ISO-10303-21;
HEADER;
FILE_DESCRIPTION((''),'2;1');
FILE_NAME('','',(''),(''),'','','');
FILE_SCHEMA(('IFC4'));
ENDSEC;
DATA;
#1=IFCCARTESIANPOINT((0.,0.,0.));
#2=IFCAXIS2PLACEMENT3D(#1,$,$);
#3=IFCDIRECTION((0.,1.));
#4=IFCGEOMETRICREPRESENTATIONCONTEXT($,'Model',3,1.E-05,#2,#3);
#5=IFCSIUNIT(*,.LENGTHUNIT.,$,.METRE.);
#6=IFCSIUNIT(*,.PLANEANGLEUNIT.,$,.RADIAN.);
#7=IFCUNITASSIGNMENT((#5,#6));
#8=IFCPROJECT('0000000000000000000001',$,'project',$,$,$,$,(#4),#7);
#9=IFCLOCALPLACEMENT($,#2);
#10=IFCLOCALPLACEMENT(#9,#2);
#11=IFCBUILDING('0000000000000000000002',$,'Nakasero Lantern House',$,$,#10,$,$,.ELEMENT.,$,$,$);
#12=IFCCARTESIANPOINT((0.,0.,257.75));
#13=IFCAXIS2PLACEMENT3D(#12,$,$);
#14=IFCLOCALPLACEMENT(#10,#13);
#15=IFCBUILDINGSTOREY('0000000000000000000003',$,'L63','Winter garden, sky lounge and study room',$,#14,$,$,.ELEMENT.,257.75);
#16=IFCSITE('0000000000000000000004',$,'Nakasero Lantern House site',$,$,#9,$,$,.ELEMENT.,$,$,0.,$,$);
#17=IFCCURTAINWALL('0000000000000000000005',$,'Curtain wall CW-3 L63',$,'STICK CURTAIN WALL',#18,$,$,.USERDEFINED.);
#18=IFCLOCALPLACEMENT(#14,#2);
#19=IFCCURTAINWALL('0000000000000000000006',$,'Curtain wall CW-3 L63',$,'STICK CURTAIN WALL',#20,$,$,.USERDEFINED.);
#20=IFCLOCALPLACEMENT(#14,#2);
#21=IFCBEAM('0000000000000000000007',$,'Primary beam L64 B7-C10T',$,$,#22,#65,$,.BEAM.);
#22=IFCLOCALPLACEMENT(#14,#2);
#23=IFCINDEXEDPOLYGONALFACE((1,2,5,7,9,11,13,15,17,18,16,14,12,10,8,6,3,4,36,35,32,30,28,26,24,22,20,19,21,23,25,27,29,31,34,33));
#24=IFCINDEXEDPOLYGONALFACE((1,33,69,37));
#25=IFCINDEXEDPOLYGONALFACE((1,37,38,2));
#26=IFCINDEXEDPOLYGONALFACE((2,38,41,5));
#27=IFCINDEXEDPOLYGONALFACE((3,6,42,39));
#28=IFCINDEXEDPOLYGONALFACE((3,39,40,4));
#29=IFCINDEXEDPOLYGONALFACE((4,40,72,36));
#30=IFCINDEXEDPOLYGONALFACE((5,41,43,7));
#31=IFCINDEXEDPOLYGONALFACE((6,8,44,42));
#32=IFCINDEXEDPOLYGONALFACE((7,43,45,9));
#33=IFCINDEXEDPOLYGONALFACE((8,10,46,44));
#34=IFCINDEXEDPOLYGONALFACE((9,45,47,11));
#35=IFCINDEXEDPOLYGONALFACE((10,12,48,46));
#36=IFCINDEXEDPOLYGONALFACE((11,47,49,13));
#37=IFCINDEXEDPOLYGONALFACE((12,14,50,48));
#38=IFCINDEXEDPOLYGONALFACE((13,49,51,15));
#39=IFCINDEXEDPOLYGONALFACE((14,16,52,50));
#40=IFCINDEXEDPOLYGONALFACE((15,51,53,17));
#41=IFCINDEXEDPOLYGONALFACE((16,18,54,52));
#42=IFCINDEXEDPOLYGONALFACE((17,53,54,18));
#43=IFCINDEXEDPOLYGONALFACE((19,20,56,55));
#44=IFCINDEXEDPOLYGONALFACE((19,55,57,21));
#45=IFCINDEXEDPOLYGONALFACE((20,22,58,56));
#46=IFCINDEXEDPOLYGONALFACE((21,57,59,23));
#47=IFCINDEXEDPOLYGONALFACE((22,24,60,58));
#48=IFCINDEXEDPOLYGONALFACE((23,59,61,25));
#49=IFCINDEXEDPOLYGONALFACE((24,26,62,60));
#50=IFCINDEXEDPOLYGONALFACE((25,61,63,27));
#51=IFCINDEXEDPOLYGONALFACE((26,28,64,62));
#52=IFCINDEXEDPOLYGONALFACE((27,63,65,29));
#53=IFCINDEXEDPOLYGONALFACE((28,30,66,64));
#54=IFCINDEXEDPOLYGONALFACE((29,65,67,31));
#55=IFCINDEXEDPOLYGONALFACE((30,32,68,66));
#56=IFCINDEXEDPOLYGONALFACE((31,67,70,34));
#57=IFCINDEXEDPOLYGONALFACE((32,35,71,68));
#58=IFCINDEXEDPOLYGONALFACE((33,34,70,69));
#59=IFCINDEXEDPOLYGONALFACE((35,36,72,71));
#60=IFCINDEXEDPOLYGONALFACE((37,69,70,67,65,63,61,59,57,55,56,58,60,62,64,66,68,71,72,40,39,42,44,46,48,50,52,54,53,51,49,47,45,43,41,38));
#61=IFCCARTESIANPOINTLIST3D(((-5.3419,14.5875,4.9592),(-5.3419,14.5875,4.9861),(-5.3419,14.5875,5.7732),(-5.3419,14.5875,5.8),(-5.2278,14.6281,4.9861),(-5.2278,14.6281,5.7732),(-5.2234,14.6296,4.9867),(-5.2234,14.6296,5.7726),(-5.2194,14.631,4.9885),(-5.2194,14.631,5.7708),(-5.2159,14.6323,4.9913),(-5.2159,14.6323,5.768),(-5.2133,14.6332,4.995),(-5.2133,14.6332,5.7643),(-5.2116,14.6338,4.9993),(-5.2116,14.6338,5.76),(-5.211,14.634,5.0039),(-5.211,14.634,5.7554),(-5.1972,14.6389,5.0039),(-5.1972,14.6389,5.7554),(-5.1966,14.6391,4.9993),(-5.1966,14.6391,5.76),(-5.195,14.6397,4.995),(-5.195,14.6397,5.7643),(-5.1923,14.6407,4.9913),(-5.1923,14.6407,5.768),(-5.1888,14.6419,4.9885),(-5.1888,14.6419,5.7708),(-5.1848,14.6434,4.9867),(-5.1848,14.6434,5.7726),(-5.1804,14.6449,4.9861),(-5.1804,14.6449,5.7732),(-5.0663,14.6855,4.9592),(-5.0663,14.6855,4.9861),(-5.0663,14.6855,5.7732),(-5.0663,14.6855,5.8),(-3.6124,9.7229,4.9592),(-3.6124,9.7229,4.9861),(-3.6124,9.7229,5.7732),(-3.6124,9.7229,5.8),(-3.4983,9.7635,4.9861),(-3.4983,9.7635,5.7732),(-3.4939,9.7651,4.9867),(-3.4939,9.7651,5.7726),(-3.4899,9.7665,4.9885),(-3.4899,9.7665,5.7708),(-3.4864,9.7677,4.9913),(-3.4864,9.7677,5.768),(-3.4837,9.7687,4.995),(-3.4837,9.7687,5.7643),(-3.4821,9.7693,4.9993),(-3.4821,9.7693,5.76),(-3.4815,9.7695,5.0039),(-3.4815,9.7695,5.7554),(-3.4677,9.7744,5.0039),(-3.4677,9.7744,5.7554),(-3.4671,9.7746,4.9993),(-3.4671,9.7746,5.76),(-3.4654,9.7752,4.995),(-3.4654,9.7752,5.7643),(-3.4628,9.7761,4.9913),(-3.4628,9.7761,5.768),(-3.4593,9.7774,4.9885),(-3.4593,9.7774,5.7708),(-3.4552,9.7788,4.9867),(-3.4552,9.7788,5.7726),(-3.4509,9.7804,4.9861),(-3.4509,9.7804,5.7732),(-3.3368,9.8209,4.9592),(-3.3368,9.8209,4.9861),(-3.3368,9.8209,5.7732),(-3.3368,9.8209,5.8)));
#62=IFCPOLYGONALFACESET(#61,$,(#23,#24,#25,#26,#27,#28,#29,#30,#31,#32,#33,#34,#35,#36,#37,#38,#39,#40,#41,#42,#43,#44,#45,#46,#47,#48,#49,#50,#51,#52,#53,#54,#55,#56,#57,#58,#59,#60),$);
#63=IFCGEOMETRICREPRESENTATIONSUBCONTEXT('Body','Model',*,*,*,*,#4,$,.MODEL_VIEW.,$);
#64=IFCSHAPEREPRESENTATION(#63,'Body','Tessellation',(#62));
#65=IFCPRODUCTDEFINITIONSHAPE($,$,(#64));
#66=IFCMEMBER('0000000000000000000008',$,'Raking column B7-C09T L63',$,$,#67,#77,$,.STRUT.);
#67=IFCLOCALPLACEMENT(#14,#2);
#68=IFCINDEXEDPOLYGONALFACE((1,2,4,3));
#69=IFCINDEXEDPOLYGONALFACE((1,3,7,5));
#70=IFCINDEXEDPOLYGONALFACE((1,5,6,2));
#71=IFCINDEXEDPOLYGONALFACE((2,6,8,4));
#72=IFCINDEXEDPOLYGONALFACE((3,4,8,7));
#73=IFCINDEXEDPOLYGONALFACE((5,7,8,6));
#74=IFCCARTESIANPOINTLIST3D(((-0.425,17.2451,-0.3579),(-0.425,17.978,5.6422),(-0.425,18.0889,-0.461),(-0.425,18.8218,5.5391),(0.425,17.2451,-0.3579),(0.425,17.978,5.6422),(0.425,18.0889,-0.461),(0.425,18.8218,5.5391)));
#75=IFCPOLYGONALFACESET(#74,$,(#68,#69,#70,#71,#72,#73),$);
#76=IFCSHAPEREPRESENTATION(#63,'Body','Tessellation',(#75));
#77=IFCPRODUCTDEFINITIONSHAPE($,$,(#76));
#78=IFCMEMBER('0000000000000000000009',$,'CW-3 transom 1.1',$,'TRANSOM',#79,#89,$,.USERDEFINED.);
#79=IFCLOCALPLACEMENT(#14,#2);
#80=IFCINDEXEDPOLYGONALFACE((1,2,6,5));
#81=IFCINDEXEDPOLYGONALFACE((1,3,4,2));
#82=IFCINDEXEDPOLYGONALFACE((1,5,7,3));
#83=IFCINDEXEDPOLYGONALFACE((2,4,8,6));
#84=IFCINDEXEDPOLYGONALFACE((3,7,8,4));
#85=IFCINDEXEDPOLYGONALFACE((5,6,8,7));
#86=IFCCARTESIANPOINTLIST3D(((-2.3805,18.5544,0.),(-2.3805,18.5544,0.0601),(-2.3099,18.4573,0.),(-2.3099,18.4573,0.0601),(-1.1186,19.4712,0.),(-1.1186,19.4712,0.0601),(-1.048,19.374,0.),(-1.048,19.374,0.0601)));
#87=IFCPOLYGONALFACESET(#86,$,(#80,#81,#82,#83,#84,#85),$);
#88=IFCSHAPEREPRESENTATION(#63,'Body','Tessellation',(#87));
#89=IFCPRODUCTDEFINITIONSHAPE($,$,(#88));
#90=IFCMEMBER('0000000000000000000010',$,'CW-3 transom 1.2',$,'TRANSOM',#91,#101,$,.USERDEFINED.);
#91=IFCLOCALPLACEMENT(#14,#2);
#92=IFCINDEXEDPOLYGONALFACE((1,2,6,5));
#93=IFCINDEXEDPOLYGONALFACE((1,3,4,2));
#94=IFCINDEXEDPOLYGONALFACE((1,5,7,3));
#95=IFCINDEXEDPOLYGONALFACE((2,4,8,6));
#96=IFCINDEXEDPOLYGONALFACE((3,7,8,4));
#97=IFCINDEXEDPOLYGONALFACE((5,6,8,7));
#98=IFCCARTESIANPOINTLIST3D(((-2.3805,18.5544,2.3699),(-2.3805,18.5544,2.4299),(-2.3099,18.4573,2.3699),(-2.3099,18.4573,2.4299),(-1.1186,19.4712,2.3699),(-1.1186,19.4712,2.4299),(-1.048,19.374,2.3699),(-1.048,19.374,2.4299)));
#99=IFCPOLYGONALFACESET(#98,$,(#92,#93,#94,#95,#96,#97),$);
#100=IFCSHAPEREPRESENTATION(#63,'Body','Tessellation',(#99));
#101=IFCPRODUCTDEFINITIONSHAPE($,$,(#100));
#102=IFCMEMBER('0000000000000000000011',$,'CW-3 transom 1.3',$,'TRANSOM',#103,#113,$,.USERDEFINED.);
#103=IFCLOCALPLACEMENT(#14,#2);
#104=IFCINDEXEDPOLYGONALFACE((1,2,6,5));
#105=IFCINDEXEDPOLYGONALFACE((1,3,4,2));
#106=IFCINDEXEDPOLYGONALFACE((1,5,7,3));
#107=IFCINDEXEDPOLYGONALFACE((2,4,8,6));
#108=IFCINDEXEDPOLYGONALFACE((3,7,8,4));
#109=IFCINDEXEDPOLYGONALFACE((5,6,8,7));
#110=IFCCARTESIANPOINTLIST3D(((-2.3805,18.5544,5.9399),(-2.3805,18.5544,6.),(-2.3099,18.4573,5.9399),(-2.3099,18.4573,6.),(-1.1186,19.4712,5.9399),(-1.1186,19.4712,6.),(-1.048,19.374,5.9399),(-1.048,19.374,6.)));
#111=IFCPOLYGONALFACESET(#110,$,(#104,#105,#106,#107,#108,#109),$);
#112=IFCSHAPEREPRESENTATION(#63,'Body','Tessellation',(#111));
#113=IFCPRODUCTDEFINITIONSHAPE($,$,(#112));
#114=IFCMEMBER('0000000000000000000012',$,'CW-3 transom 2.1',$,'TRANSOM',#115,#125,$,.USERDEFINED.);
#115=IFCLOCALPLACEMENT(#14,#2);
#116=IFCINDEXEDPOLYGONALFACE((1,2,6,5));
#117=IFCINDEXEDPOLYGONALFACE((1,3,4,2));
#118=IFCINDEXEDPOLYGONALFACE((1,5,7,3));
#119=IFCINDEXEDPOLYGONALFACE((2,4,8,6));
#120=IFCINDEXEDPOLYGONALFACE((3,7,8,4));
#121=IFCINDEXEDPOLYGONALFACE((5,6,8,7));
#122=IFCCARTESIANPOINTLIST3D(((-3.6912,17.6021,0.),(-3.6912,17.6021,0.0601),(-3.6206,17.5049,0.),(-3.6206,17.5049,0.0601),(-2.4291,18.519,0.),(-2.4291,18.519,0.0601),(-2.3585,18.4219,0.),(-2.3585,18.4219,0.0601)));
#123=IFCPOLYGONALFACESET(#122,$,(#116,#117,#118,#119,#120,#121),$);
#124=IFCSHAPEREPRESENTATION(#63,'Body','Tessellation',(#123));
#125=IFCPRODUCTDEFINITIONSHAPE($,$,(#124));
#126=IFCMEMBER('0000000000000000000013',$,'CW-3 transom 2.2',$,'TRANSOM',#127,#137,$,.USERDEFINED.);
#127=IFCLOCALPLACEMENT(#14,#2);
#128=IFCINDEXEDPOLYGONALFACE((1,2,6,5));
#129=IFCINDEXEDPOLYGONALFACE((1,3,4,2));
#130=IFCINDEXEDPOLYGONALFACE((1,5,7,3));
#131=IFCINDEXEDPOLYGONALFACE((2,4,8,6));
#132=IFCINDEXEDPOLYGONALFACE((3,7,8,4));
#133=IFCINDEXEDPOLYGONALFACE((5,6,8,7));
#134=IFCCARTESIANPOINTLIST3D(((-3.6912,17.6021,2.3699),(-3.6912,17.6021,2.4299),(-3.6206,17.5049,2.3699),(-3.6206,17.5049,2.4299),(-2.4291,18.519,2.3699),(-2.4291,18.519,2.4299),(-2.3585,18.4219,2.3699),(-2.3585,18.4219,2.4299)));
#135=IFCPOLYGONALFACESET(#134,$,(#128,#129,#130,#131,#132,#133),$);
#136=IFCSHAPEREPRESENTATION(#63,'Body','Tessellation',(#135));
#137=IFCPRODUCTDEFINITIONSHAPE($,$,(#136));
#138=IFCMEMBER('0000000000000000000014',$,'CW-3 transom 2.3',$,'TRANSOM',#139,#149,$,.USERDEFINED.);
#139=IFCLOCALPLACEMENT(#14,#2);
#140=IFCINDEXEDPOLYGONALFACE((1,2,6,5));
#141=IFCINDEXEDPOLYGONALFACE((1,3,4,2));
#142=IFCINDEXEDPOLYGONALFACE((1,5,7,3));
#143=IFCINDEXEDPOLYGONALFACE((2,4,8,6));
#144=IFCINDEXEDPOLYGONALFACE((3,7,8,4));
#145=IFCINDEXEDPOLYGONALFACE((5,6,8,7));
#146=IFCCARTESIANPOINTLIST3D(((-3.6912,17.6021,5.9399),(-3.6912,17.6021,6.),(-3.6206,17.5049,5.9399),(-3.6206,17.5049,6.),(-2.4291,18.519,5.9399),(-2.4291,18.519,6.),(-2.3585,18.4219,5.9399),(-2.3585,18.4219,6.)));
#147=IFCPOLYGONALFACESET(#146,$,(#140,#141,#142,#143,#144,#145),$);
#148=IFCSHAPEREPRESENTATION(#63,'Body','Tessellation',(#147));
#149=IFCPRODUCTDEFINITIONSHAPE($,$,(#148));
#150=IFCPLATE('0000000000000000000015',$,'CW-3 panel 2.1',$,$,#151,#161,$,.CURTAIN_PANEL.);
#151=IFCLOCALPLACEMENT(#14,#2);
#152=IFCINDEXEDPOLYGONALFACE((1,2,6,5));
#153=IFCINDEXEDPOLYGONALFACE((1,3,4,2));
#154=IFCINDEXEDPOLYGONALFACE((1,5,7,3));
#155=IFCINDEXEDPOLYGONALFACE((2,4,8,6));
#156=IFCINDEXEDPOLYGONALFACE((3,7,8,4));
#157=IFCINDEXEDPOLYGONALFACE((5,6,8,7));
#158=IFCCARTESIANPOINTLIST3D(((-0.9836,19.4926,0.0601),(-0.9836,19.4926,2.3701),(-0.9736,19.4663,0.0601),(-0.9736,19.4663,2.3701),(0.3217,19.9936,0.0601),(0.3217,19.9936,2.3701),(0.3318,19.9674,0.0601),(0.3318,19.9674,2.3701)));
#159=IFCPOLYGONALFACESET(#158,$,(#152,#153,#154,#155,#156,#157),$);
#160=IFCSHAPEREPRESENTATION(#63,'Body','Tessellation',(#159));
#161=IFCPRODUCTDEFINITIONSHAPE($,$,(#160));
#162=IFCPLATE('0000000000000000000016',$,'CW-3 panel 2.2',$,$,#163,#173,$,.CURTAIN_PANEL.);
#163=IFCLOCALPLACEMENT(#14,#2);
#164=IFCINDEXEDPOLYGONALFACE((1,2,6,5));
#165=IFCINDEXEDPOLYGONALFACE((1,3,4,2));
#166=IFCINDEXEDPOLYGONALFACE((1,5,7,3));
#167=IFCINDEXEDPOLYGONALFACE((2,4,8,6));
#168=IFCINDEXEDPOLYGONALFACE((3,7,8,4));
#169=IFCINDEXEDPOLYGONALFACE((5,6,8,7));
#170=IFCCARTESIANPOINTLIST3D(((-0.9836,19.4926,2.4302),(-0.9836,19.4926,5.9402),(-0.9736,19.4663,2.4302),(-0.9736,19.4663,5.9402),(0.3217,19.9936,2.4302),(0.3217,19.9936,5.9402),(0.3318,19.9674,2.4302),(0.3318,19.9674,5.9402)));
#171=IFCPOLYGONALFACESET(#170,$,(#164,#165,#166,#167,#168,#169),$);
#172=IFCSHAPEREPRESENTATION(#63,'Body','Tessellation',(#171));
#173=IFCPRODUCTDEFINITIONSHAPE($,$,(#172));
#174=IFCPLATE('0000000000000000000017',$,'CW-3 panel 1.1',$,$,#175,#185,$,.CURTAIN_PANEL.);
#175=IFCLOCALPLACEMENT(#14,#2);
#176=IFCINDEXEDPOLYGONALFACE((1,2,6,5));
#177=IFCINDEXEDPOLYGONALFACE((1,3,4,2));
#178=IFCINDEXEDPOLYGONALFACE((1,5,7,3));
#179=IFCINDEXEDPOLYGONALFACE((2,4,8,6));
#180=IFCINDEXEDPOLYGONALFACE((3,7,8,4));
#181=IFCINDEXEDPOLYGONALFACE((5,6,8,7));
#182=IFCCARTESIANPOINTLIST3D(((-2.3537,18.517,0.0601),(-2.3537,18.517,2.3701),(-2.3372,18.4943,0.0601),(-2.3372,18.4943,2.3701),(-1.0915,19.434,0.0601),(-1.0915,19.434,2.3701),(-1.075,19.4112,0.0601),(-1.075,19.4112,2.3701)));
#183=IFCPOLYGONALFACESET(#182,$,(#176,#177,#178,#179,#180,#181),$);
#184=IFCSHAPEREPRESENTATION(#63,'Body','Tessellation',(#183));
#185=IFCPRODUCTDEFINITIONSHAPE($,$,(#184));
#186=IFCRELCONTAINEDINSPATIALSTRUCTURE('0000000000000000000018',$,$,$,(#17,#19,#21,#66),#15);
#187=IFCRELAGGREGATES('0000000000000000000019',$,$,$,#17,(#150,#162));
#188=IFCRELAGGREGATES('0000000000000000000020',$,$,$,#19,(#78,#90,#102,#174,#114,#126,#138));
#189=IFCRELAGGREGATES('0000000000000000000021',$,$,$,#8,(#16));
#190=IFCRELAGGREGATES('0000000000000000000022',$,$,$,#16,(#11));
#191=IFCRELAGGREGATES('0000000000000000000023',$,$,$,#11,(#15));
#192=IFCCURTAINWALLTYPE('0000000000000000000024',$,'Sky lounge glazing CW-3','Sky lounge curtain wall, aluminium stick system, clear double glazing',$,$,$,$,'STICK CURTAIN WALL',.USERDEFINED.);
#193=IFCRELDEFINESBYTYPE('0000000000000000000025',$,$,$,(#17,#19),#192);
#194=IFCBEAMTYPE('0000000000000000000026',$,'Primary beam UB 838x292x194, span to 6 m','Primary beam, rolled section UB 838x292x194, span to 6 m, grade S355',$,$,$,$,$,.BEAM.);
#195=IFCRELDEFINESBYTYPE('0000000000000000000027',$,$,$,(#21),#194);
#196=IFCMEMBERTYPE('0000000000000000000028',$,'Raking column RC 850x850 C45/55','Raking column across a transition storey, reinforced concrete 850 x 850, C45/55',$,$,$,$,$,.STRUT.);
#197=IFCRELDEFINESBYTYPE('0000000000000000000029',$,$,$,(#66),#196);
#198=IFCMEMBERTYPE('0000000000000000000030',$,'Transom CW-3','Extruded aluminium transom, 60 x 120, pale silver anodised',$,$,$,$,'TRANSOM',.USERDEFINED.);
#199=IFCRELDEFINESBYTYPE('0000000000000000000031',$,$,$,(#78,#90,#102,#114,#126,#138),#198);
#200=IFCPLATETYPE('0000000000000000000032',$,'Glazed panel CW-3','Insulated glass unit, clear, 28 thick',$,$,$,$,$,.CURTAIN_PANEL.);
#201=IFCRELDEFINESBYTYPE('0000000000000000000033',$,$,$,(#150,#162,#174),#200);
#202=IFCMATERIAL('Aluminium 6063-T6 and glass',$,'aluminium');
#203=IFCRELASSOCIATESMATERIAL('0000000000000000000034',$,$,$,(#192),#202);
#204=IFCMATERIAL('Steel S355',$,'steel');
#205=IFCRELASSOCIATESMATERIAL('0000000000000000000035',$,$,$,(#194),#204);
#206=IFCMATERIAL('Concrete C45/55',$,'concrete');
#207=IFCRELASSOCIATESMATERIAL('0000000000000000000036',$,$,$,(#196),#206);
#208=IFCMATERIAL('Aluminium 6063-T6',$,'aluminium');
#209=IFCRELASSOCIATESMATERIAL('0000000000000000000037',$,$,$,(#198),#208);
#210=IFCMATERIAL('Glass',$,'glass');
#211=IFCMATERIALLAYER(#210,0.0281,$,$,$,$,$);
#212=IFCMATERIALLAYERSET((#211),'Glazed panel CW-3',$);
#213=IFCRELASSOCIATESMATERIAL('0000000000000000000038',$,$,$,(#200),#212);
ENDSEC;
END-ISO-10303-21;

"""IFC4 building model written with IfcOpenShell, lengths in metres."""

from ifc_helpers import new_model, si_unit, direction, frame, origin, origin_2d, place, context, subcontext, project, spatial, rectangle, i_section, extrude, material, layer, layer_set, material_profile, profile_set, type_object, element, aggregate, save


model = new_model("IFC4")

# Units and contexts
model_context = context("Model", 3, precision=1e-05, world=origin(), true_north=direction((0.0, 1.0)))
body_context = subcontext(model_context, "Body", "Model", "MODEL_VIEW")
ifc_project = project(units=[si_unit("LENGTHUNIT", "METRE"), si_unit("PLANEANGLEUNIT", "RADIAN")], contexts=[model_context])

# Site, building, storey
site_placement = place(None, origin())
site = spatial("IfcSite", under=ifc_project, at=site_placement, Name="Nakasero Lantern House site", CompositionType="ELEMENT", RefElevation=0.0)
building_placement = place(site_placement, origin())
building = spatial("IfcBuilding", under=site, at=building_placement, Name="Nakasero Lantern House", CompositionType="ELEMENT")
storey_placement = place(building_placement, frame((0.0, 0.0, 257.75)))
storey = spatial("IfcBuildingStorey", under=building, at=storey_placement, Name="L63", Description="Winter garden, sky lounge and study room", CompositionType="ELEMENT", Elevation=257.75)

# Curtain wall
ifc_material_1 = material(Name="Aluminium 6063-T6 and glass", Category="aluminium")
curtain_wall_type = type_object("IfcCurtainWallType", Name="Sky lounge glazing CW-3", Description="Sky lounge curtain wall, aluminium stick system, clear double glazing", ElementType="STICK CURTAIN WALL", PredefinedType="USERDEFINED", material=ifc_material_1)
curtain_wall_1_placement = place(storey_placement, origin())
curtain_wall_1 = element("IfcCurtainWall", 1, at=curtain_wall_1_placement, inside=storey, type_object=curtain_wall_type, Name="Curtain wall CW-3 L63", ObjectType="STICK CURTAIN WALL", PredefinedType="USERDEFINED")

# Curtain wall
curtain_wall_2_placement = place(storey_placement, origin())
curtain_wall_2 = element("IfcCurtainWall", 2, at=curtain_wall_2_placement, inside=storey, type_object=curtain_wall_type, Name="Curtain wall CW-3 L63", ObjectType="STICK CURTAIN WALL", PredefinedType="USERDEFINED")

# Beam
ifc_material_2 = material(Name="Steel S355", Category="steel")
ifc_material_profile_1 = material_profile(ifc_material_2, i_section(OverallWidth=0.2925, OverallDepth=0.8408, WebThickness=0.0146, FlangeThickness=0.0269, FilletRadius=0.0178, at=origin_2d()), Name="UB 838x292x194")
ifc_profile_set_1 = profile_set([ifc_material_profile_1], Name="Steel S355")
beam_type = type_object("IfcBeamType", Name="Primary beam UB 838x292x194, span to 6 m", Description="Primary beam, rolled section UB 838x292x194, span to 6 m, grade S355", PredefinedType="BEAM", material=ifc_profile_set_1)
beam_placement = place(storey_placement, frame((-5.2041, 14.6365, 5.3796), z_axis=(0.334991, -0.942221, 0.0), x_axis=(0.942221, 0.334991, 0.0)))
element("IfcBeam", 3, at=beam_placement, inside=storey, type_object=beam_type, Name="Primary beam L64 B7-C10T", PredefinedType="BEAM", context=body_context, shape_type="SweptSolid", body=[
    extrude(i_section(OverallWidth=0.2925, OverallDepth=0.8408, WebThickness=0.0146, FlangeThickness=0.0269, FilletRadius=0.0178, at=origin_2d()), origin(), (0.0, 0.0, 1.0), 5.1628),
])

# Members
ifc_material_3 = material(Name="Concrete C45/55", Category="concrete")
ifc_material_profile_2 = material_profile(ifc_material_3, rectangle(XDim=0.8501, YDim=0.8501, at=origin_2d()), Name="RC 850x850")
ifc_profile_set_2 = profile_set([ifc_material_profile_2], Name="Concrete C45/55")
member_type_1 = type_object("IfcMemberType", Name="Raking column RC 850x850 C45/55", Description="Raking column across a transition storey, reinforced concrete 850 x 850, C45/55", PredefinedType="STRUT", material=ifc_profile_set_2)
member_1_placement = place(storey_placement, frame((0.0, 17.667, -0.4094), z_axis=(0.0, 0.12125, 0.992622), x_axis=(-1.0, 0.0, 0.0)))
element("IfcMember", 4, at=member_1_placement, inside=storey, type_object=member_type_1, Name="Raking column B7-C09T L63", PredefinedType="STRUT", context=body_context, shape_type="SweptSolid", body=[
    extrude(rectangle(XDim=0.8501, YDim=0.8501, at=origin_2d()), origin(), (0.0, 0.0, 1.0), 6.0447),
])
ifc_material_4 = material(Name="Aluminium 6063-T6", Category="aluminium")
ifc_material_profile_3 = material_profile(ifc_material_4, rectangle(XDim=0.0601, YDim=0.1201, at=origin_2d()), Name="CW-3 transom 60x120")
ifc_profile_set_3 = profile_set([ifc_material_profile_3], Name="Aluminium 6063-T6")
member_type_2 = type_object("IfcMemberType", Name="Transom CW-3", Description="Extruded aluminium transom, 60 x 120, pale silver anodised", ElementType="TRANSOM", PredefinedType="USERDEFINED", material=ifc_profile_set_3)
member_2_placement = place(storey_placement, frame((-1.0833, 19.4226, 0.03), z_axis=(-0.809054, -0.587734, 0.0), x_axis=(0.0, 0.0, 1.0)))
member_2 = element("IfcMember", 5, at=member_2_placement, type_object=member_type_2, Name="CW-3 transom 1.1", ObjectType="TRANSOM", PredefinedType="USERDEFINED", context=body_context, shape_type="SweptSolid", body=[
    extrude(rectangle(XDim=0.0601, YDim=0.1201, at=origin_2d()), origin(), (0.0, 0.0, 1.0), 1.5598),
])
member_3_placement = place(storey_placement, frame((-1.0833, 19.4226, 2.3999), z_axis=(-0.809054, -0.587734, 0.0), x_axis=(0.0, 0.0, 1.0)))
member_3 = element("IfcMember", 6, at=member_3_placement, type_object=member_type_2, Name="CW-3 transom 1.2", ObjectType="TRANSOM", PredefinedType="USERDEFINED", context=body_context, shape_type="SweptSolid", body=[
    extrude(rectangle(XDim=0.0601, YDim=0.1201, at=origin_2d()), origin(), (0.0, 0.0, 1.0), 1.5598),
])
member_4_placement = place(storey_placement, frame((-1.0833, 19.4226, 5.97), z_axis=(-0.809054, -0.587734, 0.0), x_axis=(0.0, 0.0, 1.0)))
member_4 = element("IfcMember", 7, at=member_4_placement, type_object=member_type_2, Name="CW-3 transom 1.3", ObjectType="TRANSOM", PredefinedType="USERDEFINED", context=body_context, shape_type="SweptSolid", body=[
    extrude(rectangle(XDim=0.0601, YDim=0.1201, at=origin_2d()), origin(), (0.0, 0.0, 1.0), 1.5598),
])
member_5_placement = place(storey_placement, frame((-2.3938, 18.4705, 0.03), z_axis=(-0.809034, -0.587762, 0.0), x_axis=(0.0, 0.0, 1.0)))
member_5 = element("IfcMember", 8, at=member_5_placement, type_object=member_type_2, Name="CW-3 transom 2.1", ObjectType="TRANSOM", PredefinedType="USERDEFINED", context=body_context, shape_type="SweptSolid", body=[
    extrude(rectangle(XDim=0.0601, YDim=0.1201, at=origin_2d()), origin(), (0.0, 0.0, 1.0), 1.5601),
])
member_6_placement = place(storey_placement, frame((-2.3938, 18.4705, 2.3999), z_axis=(-0.809034, -0.587762, 0.0), x_axis=(0.0, 0.0, 1.0)))
member_6 = element("IfcMember", 9, at=member_6_placement, type_object=member_type_2, Name="CW-3 transom 2.2", ObjectType="TRANSOM", PredefinedType="USERDEFINED", context=body_context, shape_type="SweptSolid", body=[
    extrude(rectangle(XDim=0.0601, YDim=0.1201, at=origin_2d()), origin(), (0.0, 0.0, 1.0), 1.5601),
])
member_7_placement = place(storey_placement, frame((-2.3938, 18.4705, 5.97), z_axis=(-0.809034, -0.587762, 0.0), x_axis=(0.0, 0.0, 1.0)))
member_7 = element("IfcMember", 10, at=member_7_placement, type_object=member_type_2, Name="CW-3 transom 2.3", ObjectType="TRANSOM", PredefinedType="USERDEFINED", context=body_context, shape_type="SweptSolid", body=[
    extrude(rectangle(XDim=0.0601, YDim=0.1201, at=origin_2d()), origin(), (0.0, 0.0, 1.0), 1.5601),
])

# Plates
ifc_material_5 = material(Name="Glass", Category="glass")
ifc_layer_1 = layer(ifc_material_5, 0.0281)
ifc_layer_set_1 = layer_set([ifc_layer_1], Name="Glazed panel CW-3")
plate_type_1 = type_object("IfcPlateType", Name="Glazed panel CW-3", Description="Insulated glass unit, clear, 28 thick", PredefinedType="CURTAIN_PANEL", material=ifc_layer_set_1)
plate_1_placement = place(storey_placement, frame((-0.3259, 19.73, 0.0601), z_axis=(0.0, 0.0, 1.0), x_axis=(-0.93358, -0.358368, 0.0)))
plate_1 = element("IfcPlate", 11, at=plate_1_placement, type_object=plate_type_1, Name="CW-3 panel 2.1", PredefinedType="CURTAIN_PANEL", context=body_context, shape_type="SweptSolid", body=[
    extrude(rectangle(XDim=1.3982, YDim=0.0281, at=origin_2d()), origin(), (0.0, 0.0, 1.0), 2.3101),
])
plate_2_placement = place(storey_placement, frame((-0.3259, 19.73, 2.4302), z_axis=(0.0, 0.0, 1.0), x_axis=(-0.93358, -0.358368, 0.0)))
plate_2 = element("IfcPlate", 12, at=plate_2_placement, type_object=plate_type_1, Name="CW-3 panel 2.2", PredefinedType="CURTAIN_PANEL", context=body_context, shape_type="SweptSolid", body=[
    extrude(rectangle(XDim=1.3982, YDim=0.0281, at=origin_2d()), origin(), (0.0, 0.0, 1.0), 3.51),
])
aggregate(curtain_wall_1, [plate_1, plate_2])
plate_3_placement = place(storey_placement, frame((-1.7144, 18.9641, 0.0601), z_axis=(0.0, 0.0, 1.0), x_axis=(-0.809017, -0.587785, 0.0)))
plate_3 = element("IfcPlate", 13, at=plate_3_placement, type_object=plate_type_1, Name="CW-3 panel 1.1", PredefinedType="CURTAIN_PANEL", context=body_context, shape_type="SweptSolid", body=[
    extrude(rectangle(XDim=1.5601, YDim=0.0281, at=origin_2d()), origin(), (0.0, 0.0, 1.0), 2.3101),
])
aggregate(curtain_wall_2, [member_2, member_3, member_4, plate_3, member_5, member_6, member_7])

save(model, "model.ifc")
